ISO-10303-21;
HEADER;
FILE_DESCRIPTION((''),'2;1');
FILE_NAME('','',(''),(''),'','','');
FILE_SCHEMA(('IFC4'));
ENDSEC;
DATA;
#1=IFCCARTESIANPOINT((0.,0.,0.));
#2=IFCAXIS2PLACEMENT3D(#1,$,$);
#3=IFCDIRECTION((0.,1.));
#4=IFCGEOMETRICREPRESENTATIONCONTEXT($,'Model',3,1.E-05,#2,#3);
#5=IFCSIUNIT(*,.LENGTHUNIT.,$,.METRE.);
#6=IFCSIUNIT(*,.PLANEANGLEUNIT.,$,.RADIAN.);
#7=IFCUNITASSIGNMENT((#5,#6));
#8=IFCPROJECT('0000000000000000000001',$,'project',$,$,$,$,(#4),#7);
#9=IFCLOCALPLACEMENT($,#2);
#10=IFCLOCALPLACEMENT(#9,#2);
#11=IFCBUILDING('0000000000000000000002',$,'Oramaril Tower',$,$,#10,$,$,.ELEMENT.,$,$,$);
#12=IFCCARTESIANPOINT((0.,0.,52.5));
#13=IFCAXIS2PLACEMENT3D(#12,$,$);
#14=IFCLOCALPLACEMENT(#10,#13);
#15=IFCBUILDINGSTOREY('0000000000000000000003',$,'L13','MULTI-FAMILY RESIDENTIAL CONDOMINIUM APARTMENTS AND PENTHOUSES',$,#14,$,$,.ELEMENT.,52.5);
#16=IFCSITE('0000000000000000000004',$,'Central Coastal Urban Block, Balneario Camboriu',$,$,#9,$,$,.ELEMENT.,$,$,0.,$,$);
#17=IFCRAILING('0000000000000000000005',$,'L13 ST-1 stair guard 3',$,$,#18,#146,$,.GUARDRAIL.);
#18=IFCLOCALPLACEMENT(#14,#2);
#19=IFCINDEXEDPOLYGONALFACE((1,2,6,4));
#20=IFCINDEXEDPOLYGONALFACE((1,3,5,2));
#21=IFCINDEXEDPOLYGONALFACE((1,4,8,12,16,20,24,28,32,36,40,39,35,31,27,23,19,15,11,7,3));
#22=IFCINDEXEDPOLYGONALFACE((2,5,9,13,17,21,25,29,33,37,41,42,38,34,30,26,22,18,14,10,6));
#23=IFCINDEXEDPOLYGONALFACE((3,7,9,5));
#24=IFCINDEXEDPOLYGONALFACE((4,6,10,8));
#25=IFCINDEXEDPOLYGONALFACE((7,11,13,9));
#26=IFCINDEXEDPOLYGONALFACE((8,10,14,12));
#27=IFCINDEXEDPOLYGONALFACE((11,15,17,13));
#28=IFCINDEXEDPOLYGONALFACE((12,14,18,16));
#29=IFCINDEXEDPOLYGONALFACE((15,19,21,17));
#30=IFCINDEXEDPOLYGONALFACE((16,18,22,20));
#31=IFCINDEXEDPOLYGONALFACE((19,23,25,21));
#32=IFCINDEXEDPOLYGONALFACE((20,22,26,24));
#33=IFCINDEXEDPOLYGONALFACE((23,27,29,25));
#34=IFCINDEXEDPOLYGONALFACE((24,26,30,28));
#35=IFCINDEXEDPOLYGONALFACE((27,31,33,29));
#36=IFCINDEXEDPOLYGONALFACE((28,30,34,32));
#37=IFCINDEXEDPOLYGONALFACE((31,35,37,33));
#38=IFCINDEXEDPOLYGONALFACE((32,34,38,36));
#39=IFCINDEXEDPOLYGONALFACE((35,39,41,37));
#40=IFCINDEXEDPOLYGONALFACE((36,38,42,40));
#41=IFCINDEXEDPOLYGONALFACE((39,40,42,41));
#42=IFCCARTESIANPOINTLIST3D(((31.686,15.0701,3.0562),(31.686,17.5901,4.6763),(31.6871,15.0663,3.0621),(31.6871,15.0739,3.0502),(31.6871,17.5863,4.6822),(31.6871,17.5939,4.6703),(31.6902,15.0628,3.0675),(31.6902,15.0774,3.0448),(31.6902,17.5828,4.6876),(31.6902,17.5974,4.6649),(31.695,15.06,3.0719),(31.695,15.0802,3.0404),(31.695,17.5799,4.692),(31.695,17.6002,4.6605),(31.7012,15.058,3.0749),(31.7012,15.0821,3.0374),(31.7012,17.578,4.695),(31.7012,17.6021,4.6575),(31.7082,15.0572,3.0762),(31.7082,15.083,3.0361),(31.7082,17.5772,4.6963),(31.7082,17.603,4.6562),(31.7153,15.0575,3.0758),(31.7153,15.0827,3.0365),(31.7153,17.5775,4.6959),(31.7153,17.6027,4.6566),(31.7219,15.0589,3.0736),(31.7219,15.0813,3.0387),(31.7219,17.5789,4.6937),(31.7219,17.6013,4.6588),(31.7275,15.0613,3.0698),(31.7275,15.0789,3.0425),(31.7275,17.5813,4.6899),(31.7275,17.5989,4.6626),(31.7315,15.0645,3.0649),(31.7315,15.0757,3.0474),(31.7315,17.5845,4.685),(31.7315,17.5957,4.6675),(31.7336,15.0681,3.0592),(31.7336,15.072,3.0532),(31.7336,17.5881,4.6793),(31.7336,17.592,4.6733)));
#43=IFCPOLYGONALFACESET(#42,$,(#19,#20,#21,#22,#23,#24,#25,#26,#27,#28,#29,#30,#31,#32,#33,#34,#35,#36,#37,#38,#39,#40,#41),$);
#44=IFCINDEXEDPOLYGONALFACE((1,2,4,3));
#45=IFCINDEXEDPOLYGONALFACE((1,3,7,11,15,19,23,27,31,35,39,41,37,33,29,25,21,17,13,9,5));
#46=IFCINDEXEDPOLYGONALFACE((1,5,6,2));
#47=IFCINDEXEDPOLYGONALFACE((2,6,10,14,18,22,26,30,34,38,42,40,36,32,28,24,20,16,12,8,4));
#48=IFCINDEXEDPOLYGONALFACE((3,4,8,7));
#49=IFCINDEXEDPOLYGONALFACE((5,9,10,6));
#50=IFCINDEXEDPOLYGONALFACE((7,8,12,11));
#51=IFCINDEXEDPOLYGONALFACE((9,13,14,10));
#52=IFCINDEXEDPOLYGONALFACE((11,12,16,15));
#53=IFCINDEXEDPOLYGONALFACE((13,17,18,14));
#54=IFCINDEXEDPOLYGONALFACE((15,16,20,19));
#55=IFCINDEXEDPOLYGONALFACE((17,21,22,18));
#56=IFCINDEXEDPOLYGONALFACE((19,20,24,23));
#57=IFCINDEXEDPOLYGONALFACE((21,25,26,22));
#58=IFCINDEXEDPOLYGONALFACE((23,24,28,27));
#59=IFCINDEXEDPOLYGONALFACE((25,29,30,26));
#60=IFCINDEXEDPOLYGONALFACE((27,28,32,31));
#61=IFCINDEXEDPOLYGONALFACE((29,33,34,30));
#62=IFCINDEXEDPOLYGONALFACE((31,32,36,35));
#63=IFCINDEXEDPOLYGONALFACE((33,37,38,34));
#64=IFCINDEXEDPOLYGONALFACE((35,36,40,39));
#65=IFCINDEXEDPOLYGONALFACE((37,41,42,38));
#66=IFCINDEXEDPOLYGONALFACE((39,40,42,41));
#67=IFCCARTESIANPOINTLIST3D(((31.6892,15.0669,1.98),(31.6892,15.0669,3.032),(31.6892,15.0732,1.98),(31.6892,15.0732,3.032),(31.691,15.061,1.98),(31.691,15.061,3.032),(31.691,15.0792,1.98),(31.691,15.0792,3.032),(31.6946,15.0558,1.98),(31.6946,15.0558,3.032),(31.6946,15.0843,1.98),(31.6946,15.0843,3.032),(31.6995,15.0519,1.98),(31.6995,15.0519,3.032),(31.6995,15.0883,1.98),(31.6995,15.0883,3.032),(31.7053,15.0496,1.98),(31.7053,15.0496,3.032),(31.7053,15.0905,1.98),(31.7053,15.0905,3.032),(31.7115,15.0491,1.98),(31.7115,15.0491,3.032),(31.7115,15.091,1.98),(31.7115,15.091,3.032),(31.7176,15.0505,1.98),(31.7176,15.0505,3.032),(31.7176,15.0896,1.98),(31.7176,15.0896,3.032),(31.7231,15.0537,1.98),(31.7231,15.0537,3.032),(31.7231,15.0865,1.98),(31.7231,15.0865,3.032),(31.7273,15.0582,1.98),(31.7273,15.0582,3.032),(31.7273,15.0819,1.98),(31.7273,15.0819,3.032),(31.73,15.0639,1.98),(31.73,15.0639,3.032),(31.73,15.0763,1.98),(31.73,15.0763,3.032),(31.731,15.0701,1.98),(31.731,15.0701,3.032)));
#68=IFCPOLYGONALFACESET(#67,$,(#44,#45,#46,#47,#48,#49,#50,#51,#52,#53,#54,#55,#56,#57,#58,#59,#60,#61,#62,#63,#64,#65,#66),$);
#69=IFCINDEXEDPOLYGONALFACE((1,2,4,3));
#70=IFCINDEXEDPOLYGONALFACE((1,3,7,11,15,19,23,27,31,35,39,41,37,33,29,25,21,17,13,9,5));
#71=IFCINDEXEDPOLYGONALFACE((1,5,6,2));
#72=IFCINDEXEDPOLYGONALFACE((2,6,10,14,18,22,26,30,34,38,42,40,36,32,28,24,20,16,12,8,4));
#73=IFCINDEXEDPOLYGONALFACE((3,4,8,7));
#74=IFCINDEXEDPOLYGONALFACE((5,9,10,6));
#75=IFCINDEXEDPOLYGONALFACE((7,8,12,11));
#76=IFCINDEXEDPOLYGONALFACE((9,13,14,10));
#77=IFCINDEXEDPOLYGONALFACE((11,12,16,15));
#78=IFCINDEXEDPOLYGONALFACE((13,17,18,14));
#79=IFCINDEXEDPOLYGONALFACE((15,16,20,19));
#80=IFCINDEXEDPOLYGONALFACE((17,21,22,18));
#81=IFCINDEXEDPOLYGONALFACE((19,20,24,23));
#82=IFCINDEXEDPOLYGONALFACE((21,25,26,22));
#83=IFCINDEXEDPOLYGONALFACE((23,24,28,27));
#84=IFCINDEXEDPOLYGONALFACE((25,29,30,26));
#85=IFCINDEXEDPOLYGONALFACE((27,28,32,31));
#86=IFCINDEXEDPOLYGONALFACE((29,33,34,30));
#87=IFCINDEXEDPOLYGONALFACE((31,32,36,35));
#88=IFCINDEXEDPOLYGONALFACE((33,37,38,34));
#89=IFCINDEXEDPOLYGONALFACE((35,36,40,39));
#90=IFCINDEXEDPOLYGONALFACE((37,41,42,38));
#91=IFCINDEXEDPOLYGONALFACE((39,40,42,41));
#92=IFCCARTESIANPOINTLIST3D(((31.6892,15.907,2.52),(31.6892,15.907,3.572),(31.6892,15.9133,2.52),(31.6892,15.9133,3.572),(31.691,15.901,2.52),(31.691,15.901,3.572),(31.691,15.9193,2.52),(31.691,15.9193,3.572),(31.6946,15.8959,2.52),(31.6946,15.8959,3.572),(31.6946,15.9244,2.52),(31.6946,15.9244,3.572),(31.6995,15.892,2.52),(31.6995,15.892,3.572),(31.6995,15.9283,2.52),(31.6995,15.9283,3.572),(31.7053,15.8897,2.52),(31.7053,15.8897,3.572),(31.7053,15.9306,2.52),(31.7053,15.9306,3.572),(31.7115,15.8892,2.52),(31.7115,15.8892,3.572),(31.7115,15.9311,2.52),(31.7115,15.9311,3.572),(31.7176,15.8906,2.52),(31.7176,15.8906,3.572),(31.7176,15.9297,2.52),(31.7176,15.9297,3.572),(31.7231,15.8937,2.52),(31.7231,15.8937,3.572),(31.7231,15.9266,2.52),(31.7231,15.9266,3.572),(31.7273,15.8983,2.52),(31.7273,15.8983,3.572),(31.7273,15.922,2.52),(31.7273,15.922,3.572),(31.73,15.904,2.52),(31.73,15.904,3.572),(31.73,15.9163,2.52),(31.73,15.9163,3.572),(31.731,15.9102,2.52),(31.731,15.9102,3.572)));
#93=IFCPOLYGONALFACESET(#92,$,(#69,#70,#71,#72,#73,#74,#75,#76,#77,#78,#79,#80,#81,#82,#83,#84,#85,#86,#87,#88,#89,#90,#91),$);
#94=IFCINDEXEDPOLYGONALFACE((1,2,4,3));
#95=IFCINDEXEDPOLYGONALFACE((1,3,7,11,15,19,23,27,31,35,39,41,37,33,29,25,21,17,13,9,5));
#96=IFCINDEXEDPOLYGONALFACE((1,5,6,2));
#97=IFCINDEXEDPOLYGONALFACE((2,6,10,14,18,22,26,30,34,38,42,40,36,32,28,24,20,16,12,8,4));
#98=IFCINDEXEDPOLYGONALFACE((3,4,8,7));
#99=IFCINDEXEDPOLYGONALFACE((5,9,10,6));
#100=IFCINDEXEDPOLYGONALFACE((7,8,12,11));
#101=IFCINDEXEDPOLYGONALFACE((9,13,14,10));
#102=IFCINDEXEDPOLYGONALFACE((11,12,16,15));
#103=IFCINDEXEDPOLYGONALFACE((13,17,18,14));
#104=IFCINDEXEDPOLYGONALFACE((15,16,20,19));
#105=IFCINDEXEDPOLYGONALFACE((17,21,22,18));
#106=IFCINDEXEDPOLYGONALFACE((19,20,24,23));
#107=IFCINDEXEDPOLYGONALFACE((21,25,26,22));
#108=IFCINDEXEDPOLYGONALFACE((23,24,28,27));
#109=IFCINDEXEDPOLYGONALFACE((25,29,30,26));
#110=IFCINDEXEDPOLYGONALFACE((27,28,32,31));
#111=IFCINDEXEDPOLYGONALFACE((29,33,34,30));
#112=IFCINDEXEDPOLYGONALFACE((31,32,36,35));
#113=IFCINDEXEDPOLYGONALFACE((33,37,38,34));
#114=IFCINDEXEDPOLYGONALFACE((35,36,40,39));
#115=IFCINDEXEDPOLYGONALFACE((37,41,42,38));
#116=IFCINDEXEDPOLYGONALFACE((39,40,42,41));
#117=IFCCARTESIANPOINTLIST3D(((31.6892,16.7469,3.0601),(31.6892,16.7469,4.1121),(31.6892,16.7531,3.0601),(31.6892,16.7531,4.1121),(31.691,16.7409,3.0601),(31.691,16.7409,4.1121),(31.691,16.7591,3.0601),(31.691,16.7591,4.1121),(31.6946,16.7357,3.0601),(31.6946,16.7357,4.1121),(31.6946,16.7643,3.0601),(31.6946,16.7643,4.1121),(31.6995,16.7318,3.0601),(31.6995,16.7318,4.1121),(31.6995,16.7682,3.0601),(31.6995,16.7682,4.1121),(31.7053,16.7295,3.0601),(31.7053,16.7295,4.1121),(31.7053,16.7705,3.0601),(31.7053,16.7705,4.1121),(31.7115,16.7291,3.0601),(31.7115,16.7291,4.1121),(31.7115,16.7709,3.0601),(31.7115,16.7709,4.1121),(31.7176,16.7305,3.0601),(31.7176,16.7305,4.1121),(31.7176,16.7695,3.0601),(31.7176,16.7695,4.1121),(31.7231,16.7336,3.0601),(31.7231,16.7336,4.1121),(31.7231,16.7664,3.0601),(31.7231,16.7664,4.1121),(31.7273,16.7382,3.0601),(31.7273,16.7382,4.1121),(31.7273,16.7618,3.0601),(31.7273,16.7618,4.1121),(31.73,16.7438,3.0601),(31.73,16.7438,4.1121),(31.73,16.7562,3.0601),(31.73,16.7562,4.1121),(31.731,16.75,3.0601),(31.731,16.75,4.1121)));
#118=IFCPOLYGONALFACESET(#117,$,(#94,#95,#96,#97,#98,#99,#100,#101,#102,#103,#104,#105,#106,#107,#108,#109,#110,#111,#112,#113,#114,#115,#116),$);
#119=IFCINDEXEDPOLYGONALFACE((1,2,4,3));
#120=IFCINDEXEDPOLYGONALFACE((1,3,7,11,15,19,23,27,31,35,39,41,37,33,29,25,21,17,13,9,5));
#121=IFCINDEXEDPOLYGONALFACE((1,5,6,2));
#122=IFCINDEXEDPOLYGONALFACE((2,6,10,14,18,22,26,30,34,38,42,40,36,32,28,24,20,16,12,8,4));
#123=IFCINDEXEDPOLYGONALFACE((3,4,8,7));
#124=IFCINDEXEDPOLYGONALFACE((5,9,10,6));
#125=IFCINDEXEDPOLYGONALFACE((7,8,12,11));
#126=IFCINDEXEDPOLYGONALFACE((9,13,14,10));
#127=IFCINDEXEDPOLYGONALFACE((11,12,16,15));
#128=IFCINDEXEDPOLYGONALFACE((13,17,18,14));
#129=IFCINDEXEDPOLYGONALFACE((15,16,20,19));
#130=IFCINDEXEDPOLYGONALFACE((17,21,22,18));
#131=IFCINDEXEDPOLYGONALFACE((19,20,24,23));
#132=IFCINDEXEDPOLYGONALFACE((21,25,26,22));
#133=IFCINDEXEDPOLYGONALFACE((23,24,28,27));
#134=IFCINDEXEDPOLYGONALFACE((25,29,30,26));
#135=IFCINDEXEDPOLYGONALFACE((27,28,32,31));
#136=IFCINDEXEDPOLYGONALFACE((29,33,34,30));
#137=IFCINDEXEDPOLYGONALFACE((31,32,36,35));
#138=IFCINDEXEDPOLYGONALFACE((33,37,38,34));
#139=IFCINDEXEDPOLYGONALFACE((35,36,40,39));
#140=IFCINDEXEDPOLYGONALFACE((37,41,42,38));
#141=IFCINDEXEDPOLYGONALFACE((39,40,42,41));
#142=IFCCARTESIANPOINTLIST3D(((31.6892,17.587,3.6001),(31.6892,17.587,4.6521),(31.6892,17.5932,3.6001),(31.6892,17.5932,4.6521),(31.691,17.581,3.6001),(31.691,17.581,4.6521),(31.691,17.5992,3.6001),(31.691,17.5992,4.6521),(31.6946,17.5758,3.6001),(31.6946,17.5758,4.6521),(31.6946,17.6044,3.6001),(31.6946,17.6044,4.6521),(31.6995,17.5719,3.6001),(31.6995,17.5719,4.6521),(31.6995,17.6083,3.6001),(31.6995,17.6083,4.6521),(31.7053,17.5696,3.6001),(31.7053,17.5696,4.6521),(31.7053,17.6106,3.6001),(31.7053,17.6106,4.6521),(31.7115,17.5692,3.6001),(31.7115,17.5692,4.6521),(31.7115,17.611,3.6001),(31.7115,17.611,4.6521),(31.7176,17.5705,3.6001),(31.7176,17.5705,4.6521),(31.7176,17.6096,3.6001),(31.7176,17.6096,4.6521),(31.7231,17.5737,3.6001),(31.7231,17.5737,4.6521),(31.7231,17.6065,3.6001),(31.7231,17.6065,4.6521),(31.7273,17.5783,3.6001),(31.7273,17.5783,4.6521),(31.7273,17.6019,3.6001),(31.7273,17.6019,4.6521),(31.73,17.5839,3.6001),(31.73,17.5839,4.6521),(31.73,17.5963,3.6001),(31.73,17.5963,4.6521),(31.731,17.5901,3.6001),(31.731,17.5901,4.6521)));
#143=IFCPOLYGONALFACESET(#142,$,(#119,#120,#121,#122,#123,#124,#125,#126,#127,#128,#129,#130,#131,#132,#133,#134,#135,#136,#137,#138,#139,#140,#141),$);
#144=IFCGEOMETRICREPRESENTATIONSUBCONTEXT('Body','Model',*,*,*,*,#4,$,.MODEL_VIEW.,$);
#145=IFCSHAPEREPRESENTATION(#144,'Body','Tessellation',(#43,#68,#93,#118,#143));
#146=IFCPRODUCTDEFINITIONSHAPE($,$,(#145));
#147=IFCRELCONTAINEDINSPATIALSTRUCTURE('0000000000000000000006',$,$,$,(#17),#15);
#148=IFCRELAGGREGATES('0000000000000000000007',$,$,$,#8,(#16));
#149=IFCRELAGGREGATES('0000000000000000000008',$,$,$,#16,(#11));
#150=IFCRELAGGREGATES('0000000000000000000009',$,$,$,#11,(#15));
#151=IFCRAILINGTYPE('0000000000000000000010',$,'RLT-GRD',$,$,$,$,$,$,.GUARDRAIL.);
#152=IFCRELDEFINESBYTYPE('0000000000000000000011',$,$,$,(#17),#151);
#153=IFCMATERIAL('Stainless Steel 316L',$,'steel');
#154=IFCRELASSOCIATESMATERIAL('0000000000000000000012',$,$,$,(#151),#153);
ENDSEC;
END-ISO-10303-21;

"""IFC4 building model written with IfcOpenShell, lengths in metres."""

from ifc_helpers import new_model, si_unit, direction, frame, origin, origin_2d, place, context, subcontext, project, spatial, circle, extrude, material, type_object, element, save


model = new_model("IFC4")

# Units and contexts
model_context = context("Model", 3, precision=1e-05, world=origin(), true_north=direction((0.0, 1.0)))
body_context = subcontext(model_context, "Body", "Model", "MODEL_VIEW")
ifc_project = project(units=[si_unit("LENGTHUNIT", "METRE"), si_unit("PLANEANGLEUNIT", "RADIAN")], contexts=[model_context])

# Site, building, storey
site_placement = place(None, origin())
site = spatial("IfcSite", under=ifc_project, at=site_placement, Name="Central Coastal Urban Block, Balneario Camboriu", CompositionType="ELEMENT", RefElevation=0.0)
building_placement = place(site_placement, origin())
building = spatial("IfcBuilding", under=site, at=building_placement, Name="Oramaril Tower", CompositionType="ELEMENT")
storey_placement = place(building_placement, frame((0.0, 0.0, 52.5)))
storey = spatial("IfcBuildingStorey", under=building, at=storey_placement, Name="L13", Description="MULTI-FAMILY RESIDENTIAL CONDOMINIUM APARTMENTS AND PENTHOUSES", CompositionType="ELEMENT", Elevation=52.5)

# Railing
ifc_material_1 = material(Name="Stainless Steel 316L", Category="steel")
railing_type_1 = type_object("IfcRailingType", Name="RLT-GRD", PredefinedType="GUARDRAIL", material=ifc_material_1)
railing_1_placement = place(storey_placement, frame((31.71, 15.0701, 1.98)))
element("IfcRailing", 1, at=railing_1_placement, inside=storey, type_object=railing_type_1, Name="L13 ST-1 stair guard 3", PredefinedType="GUARDRAIL", context=body_context, shape_type="SweptSolid", body=[
    extrude(circle(Radius=0.0239, at=origin_2d()), frame((0.0, 0.0, 1.0762), z_axis=(0.0, 0.841163, 0.540782), x_axis=(-1.0, 0.0, 0.0)), (0.0, 0.0, 1.0), 2.9958),
    extrude(circle(Radius=0.021, at=origin_2d()), origin(), (0.0, 0.0, 1.0), 1.052),
    extrude(circle(Radius=0.021, at=origin_2d()), frame((0.0, 0.8401, 0.54)), (0.0, 0.0, 1.0), 1.052),
    extrude(circle(Radius=0.021, at=origin_2d()), frame((0.0, 1.6799, 1.0801)), (0.0, 0.0, 1.0), 1.052),
    extrude(circle(Radius=0.021, at=origin_2d()), frame((0.0, 2.52, 1.6201)), (0.0, 0.0, 1.0), 1.052),
])

save(model, "model.ifc")
